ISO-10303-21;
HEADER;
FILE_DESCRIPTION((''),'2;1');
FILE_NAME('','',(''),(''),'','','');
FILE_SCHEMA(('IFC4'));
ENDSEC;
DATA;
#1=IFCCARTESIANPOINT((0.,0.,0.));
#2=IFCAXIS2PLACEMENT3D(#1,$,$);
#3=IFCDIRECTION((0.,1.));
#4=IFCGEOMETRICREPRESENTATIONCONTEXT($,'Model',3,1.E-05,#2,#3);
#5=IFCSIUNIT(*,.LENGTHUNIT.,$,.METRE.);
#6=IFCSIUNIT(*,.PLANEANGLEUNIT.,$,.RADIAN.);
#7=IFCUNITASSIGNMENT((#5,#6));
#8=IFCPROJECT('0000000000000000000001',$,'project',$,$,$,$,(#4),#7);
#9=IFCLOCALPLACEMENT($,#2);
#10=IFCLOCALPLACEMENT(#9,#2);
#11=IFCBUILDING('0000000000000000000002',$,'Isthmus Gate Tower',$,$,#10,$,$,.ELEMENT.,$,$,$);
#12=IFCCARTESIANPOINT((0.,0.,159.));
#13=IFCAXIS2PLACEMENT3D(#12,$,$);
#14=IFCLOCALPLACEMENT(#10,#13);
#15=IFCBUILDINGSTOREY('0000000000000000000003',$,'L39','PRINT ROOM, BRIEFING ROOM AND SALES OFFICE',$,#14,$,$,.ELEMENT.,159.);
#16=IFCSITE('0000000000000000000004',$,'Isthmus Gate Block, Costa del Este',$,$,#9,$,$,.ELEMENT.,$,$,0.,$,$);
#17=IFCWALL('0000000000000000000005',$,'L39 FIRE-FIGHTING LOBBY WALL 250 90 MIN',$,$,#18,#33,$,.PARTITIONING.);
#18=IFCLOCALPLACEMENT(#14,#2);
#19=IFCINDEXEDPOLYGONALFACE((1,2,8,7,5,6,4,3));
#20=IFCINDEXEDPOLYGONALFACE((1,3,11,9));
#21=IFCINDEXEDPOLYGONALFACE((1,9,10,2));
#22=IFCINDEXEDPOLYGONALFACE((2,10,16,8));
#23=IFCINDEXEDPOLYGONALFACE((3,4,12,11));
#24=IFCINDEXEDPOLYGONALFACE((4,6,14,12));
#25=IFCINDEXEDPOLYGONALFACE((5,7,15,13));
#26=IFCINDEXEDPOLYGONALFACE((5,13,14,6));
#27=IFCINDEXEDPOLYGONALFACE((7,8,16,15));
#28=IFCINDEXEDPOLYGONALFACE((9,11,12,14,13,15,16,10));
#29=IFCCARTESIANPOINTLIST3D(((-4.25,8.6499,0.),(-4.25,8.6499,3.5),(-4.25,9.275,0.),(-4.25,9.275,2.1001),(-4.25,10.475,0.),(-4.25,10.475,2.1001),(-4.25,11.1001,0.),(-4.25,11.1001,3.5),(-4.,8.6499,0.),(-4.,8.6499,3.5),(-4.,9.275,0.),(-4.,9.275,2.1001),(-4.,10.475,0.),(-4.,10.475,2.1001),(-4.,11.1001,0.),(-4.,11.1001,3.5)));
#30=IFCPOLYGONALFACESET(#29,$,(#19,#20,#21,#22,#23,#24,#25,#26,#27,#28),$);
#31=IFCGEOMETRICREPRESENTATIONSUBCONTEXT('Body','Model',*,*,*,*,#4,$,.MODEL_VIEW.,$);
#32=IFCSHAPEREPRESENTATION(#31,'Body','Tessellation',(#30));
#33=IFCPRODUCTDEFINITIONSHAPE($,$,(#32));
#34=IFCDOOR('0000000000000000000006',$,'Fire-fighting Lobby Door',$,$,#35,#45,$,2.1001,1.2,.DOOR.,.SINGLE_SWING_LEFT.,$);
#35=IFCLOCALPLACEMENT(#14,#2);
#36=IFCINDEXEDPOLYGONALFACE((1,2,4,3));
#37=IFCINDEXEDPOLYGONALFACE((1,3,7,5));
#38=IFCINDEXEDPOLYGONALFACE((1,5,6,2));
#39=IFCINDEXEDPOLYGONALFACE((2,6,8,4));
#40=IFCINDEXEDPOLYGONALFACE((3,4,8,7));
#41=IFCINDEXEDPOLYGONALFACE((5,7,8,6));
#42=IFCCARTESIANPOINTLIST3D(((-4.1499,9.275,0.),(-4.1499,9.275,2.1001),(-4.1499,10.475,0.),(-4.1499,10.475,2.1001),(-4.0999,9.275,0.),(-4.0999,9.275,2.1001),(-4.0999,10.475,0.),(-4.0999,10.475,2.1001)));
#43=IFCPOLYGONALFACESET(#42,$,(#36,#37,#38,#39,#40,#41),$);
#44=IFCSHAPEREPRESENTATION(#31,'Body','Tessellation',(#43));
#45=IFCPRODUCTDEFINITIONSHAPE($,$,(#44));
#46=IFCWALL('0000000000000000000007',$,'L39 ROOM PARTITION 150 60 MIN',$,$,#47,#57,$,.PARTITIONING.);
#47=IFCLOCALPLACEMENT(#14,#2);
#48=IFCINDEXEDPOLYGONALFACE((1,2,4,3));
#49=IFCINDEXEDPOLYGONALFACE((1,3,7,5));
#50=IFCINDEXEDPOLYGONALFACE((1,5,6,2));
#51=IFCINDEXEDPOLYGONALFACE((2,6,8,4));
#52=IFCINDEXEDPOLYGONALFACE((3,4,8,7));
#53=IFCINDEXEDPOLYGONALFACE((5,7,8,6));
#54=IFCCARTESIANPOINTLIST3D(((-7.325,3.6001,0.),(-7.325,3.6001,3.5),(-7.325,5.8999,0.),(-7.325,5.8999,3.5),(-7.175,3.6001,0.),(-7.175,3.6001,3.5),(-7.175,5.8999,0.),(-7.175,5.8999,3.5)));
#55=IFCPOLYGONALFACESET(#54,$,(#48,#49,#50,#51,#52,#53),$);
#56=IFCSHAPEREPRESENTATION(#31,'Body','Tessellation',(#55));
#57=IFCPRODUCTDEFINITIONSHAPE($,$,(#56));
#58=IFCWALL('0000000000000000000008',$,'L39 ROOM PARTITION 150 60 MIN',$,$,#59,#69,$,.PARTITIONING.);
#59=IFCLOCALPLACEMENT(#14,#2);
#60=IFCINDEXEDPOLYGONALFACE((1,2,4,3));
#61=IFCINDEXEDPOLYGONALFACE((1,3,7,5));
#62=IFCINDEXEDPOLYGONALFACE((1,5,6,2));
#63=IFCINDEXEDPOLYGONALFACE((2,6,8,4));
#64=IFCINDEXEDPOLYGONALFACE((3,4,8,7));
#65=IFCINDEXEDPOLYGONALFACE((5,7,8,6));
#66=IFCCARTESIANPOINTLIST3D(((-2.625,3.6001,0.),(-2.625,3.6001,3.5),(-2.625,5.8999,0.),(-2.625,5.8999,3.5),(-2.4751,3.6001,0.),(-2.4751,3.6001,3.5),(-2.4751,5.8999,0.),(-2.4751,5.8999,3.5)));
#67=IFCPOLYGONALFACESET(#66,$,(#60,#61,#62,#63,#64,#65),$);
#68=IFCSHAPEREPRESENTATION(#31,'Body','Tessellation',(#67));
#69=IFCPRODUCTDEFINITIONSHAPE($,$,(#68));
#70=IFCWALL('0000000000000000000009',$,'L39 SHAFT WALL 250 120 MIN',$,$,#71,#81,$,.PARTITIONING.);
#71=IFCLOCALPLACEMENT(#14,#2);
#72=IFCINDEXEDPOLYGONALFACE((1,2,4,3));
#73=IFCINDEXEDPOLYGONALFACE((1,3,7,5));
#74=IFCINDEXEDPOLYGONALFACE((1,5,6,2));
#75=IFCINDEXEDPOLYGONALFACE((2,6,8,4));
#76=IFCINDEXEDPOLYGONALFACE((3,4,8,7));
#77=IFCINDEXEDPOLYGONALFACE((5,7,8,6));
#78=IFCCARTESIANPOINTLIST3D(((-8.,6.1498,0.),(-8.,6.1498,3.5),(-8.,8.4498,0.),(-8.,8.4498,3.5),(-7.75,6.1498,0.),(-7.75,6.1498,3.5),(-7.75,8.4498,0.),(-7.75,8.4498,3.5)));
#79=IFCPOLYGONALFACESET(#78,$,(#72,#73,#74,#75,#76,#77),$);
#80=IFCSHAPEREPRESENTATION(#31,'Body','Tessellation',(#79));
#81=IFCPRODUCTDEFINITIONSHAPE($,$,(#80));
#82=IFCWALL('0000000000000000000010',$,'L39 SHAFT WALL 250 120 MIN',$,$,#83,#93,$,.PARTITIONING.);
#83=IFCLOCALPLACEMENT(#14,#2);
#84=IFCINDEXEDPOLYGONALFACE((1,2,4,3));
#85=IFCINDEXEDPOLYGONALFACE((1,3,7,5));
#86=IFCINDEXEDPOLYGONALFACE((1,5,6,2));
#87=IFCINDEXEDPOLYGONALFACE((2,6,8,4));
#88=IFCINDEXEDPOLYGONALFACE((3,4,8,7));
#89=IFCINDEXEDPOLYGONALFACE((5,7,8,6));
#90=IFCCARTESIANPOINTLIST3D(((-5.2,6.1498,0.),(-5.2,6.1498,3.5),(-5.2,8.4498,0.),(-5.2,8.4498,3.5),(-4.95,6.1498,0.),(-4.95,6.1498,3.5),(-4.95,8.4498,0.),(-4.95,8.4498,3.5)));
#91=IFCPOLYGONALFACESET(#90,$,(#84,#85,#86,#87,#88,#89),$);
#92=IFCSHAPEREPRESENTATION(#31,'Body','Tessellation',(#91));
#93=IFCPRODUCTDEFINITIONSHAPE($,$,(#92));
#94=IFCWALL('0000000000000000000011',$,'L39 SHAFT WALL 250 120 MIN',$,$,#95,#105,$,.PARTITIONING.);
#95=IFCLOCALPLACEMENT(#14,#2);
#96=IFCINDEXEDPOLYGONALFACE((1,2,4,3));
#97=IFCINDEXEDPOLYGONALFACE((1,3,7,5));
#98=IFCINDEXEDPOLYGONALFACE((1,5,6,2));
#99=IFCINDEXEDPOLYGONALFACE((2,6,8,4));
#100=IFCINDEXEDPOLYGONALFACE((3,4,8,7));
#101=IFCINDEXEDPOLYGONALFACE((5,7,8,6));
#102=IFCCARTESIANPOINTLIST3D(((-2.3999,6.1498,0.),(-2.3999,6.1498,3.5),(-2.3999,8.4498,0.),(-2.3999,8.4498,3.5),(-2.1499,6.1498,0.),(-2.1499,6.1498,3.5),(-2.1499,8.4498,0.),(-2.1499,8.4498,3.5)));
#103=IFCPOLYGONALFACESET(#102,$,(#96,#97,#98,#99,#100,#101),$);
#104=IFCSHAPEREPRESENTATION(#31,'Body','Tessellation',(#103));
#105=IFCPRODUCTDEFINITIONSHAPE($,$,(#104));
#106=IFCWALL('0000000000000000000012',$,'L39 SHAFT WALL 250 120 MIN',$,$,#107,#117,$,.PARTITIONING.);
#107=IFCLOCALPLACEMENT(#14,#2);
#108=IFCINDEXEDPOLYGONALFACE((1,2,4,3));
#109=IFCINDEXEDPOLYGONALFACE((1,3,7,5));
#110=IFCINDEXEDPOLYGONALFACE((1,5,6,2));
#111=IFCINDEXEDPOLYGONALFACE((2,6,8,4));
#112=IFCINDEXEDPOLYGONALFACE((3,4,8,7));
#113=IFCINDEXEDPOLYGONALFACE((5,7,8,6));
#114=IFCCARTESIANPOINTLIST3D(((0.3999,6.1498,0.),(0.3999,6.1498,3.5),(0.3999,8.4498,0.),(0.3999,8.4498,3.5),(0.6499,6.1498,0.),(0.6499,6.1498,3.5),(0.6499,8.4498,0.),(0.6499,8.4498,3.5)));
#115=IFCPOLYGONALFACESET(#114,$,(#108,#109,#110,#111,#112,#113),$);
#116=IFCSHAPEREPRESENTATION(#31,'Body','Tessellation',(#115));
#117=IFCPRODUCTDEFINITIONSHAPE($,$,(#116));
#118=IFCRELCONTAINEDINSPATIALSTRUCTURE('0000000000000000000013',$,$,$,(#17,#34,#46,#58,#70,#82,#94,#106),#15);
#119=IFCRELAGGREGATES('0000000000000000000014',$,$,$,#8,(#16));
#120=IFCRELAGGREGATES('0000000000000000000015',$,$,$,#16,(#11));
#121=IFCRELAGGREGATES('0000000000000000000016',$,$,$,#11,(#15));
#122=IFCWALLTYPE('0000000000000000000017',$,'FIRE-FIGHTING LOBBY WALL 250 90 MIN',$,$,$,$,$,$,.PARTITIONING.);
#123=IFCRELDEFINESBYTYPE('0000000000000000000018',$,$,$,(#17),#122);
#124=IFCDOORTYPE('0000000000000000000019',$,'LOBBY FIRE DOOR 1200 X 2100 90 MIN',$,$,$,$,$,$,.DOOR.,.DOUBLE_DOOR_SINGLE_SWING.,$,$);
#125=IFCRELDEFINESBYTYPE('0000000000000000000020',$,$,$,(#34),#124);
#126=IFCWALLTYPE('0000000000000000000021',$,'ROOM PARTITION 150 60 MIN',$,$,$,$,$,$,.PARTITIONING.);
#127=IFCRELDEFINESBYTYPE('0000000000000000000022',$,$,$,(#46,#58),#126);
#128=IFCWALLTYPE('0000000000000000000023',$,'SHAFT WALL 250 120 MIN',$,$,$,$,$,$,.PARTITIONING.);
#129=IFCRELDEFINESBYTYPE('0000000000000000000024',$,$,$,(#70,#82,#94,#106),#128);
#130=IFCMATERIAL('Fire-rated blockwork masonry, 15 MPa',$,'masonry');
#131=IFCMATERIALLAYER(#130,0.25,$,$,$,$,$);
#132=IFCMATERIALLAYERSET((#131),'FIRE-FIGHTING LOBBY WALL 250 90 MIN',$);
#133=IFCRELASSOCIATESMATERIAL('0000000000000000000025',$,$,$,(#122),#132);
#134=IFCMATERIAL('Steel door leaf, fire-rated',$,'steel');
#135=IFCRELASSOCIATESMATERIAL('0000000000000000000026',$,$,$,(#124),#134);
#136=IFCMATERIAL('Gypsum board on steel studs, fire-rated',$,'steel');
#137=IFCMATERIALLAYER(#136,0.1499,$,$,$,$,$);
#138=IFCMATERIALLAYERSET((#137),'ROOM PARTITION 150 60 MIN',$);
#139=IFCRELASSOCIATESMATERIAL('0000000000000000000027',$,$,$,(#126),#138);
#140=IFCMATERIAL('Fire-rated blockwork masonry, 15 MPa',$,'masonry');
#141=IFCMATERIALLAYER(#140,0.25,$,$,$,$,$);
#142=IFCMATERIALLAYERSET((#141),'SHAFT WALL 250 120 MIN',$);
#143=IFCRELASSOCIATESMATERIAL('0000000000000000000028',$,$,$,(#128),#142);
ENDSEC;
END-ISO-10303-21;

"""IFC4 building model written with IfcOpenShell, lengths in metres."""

from ifc_helpers import new_model, si_unit, direction, frame, frame_2d, origin, place, context, subcontext, project, spatial, rectangle, extrude, material, layer, layer_set, type_object, element, fill, save


model = new_model("IFC4")

# Units and contexts
model_context = context("Model", 3, precision=1e-05, world=origin(), true_north=direction((0.0, 1.0)))
body_context = subcontext(model_context, "Body", "Model", "MODEL_VIEW")
ifc_project = project(units=[si_unit("LENGTHUNIT", "METRE"), si_unit("PLANEANGLEUNIT", "RADIAN")], contexts=[model_context])

# Site, building, storey
site_placement = place(None, origin())
site = spatial("IfcSite", under=ifc_project, at=site_placement, Name="Isthmus Gate Block, Costa del Este", CompositionType="ELEMENT", RefElevation=0.0)
building_placement = place(site_placement, origin())
building = spatial("IfcBuilding", under=site, at=building_placement, Name="Isthmus Gate Tower", CompositionType="ELEMENT")
storey_placement = place(building_placement, frame((0.0, 0.0, 159.0)))
storey = spatial("IfcBuildingStorey", under=building, at=storey_placement, Name="L39", Description="PRINT ROOM, BRIEFING ROOM AND SALES OFFICE", CompositionType="ELEMENT", Elevation=159.0)

# Wall, opening, door
ifc_material_1 = material(Name="Fire-rated blockwork masonry, 15 MPa", Category="masonry")
ifc_layer_1 = layer(ifc_material_1, 0.25)
ifc_layer_set_1 = layer_set([ifc_layer_1], Name="FIRE-FIGHTING LOBBY WALL 250 90 MIN")
wall_type_1 = type_object("IfcWallType", Name="FIRE-FIGHTING LOBBY WALL 250 90 MIN", PredefinedType="PARTITIONING", material=ifc_layer_set_1)
wall_placement = place(storey_placement, frame((-4.125, 8.6499, 0.0), z_axis=(0.0, 0.0, 1.0), x_axis=(0.0, 1.0, 0.0)))
wall = element("IfcWall", 1, at=wall_placement, inside=storey, type_object=wall_type_1, Name="L39 FIRE-FIGHTING LOBBY WALL 250 90 MIN", PredefinedType="PARTITIONING", context=body_context, shape_type="SweptSolid", body=[
    extrude(rectangle(XDim=2.4502, YDim=0.25, at=frame_2d((1.2251, 0.0))), origin(), (0.0, 0.0, 1.0), 3.5),
])
opening_placement = place(wall_placement, frame((0.625, 0.0, 0.0)))
opening = element("IfcOpeningElement", 2, at=opening_placement, cuts=wall, PredefinedType="OPENING", context=body_context, shape_type="SweptSolid", body=[
    extrude(rectangle(XDim=1.2, YDim=2.1001, at=frame_2d((0.6001, 1.05))), frame((0.0, 0.135, 0.0), z_axis=(0.0, -1.0, 0.0), x_axis=(1.0, 0.0, 0.0)), (0.0, 0.0, 1.0), 0.27),
])
ifc_material_2 = material(Name="Steel door leaf, fire-rated", Category="steel")
door_type = type_object("IfcDoorType", Name="LOBBY FIRE DOOR 1200 X 2100 90 MIN", OperationType="DOUBLE_DOOR_SINGLE_SWING", PredefinedType="DOOR", material=ifc_material_2)
door_placement = place(opening_placement, origin())
door = element("IfcDoor", 3, at=door_placement, inside=storey, type_object=door_type, Name="Fire-fighting Lobby Door", OperationType="SINGLE_SWING_LEFT", OverallHeight=2.1001, OverallWidth=1.2, PredefinedType="DOOR", context=body_context, shape_type="SweptSolid", body=[
    extrude(rectangle(XDim=1.2, YDim=2.1001, at=frame_2d((0.6001, 1.05))), frame((0.0, 0.0249, 0.0), z_axis=(0.0, -1.0, 0.0), x_axis=(1.0, 0.0, 0.0)), (0.0, 0.0, 1.0), 0.05),
])
fill(opening, door)

# Walls
ifc_material_3 = material(Name="Gypsum board on steel studs, fire-rated", Category="steel")
ifc_layer_2 = layer(ifc_material_3, 0.1499)
ifc_layer_set_2 = layer_set([ifc_layer_2], Name="ROOM PARTITION 150 60 MIN")
wall_type_2 = type_object("IfcWallType", Name="ROOM PARTITION 150 60 MIN", PredefinedType="PARTITIONING", material=ifc_layer_set_2)
for number, where, z_axis, x_axis, name in (
    (4, (-7.25, 3.6001, 0.0), (0.0, 0.0, 1.0), (0.0, 1.0, 0.0), "L39 ROOM PARTITION 150 60 MIN"),
    (5, (-2.55, 3.6001, 0.0), (0.0, 0.0, 1.0), (0.0, 1.0, 0.0), "L39 ROOM PARTITION 150 60 MIN"),
):
    element("IfcWall", number, at=place(storey_placement, frame(where, z_axis=z_axis, x_axis=x_axis)), inside=storey, type_object=wall_type_2, Name=name, PredefinedType="PARTITIONING", context=body_context, shape_type="SweptSolid", body=[
        extrude(rectangle(XDim=2.2998, YDim=0.1499, at=frame_2d((1.1499, 0.0))), origin(), (0.0, 0.0, 1.0), 3.5),
    ])
ifc_material_4 = material(Name="Fire-rated blockwork masonry, 15 MPa", Category="masonry")
ifc_layer_3 = layer(ifc_material_4, 0.25)
ifc_layer_set_3 = layer_set([ifc_layer_3], Name="SHAFT WALL 250 120 MIN")
wall_type_3 = type_object("IfcWallType", Name="SHAFT WALL 250 120 MIN", PredefinedType="PARTITIONING", material=ifc_layer_set_3)
for number, where, z_axis, x_axis, name in (
    (6, (-7.875, 6.1499, 0.0), (0.0, 0.0, 1.0), (0.0, 1.0, 0.0), "L39 SHAFT WALL 250 120 MIN"),
    (7, (-5.075, 6.1499, 0.0), (0.0, 0.0, 1.0), (0.0, 1.0, 0.0), "L39 SHAFT WALL 250 120 MIN"),
    (8, (-2.2749, 6.1499, 0.0), (0.0, 0.0, 1.0), (0.0, 1.0, 0.0), "L39 SHAFT WALL 250 120 MIN"),
    (9, (0.5249, 6.1499, 0.0), (0.0, 0.0, 1.0), (0.0, 1.0, 0.0), "L39 SHAFT WALL 250 120 MIN"),
):
    element("IfcWall", number, at=place(storey_placement, frame(where, z_axis=z_axis, x_axis=x_axis)), inside=storey, type_object=wall_type_3, Name=name, PredefinedType="PARTITIONING", context=body_context, shape_type="SweptSolid", body=[
        extrude(rectangle(XDim=2.3, YDim=0.25, at=frame_2d((1.1499, 0.0))), origin(), (0.0, 0.0, 1.0), 3.5),
    ])

save(model, "model.ifc")
